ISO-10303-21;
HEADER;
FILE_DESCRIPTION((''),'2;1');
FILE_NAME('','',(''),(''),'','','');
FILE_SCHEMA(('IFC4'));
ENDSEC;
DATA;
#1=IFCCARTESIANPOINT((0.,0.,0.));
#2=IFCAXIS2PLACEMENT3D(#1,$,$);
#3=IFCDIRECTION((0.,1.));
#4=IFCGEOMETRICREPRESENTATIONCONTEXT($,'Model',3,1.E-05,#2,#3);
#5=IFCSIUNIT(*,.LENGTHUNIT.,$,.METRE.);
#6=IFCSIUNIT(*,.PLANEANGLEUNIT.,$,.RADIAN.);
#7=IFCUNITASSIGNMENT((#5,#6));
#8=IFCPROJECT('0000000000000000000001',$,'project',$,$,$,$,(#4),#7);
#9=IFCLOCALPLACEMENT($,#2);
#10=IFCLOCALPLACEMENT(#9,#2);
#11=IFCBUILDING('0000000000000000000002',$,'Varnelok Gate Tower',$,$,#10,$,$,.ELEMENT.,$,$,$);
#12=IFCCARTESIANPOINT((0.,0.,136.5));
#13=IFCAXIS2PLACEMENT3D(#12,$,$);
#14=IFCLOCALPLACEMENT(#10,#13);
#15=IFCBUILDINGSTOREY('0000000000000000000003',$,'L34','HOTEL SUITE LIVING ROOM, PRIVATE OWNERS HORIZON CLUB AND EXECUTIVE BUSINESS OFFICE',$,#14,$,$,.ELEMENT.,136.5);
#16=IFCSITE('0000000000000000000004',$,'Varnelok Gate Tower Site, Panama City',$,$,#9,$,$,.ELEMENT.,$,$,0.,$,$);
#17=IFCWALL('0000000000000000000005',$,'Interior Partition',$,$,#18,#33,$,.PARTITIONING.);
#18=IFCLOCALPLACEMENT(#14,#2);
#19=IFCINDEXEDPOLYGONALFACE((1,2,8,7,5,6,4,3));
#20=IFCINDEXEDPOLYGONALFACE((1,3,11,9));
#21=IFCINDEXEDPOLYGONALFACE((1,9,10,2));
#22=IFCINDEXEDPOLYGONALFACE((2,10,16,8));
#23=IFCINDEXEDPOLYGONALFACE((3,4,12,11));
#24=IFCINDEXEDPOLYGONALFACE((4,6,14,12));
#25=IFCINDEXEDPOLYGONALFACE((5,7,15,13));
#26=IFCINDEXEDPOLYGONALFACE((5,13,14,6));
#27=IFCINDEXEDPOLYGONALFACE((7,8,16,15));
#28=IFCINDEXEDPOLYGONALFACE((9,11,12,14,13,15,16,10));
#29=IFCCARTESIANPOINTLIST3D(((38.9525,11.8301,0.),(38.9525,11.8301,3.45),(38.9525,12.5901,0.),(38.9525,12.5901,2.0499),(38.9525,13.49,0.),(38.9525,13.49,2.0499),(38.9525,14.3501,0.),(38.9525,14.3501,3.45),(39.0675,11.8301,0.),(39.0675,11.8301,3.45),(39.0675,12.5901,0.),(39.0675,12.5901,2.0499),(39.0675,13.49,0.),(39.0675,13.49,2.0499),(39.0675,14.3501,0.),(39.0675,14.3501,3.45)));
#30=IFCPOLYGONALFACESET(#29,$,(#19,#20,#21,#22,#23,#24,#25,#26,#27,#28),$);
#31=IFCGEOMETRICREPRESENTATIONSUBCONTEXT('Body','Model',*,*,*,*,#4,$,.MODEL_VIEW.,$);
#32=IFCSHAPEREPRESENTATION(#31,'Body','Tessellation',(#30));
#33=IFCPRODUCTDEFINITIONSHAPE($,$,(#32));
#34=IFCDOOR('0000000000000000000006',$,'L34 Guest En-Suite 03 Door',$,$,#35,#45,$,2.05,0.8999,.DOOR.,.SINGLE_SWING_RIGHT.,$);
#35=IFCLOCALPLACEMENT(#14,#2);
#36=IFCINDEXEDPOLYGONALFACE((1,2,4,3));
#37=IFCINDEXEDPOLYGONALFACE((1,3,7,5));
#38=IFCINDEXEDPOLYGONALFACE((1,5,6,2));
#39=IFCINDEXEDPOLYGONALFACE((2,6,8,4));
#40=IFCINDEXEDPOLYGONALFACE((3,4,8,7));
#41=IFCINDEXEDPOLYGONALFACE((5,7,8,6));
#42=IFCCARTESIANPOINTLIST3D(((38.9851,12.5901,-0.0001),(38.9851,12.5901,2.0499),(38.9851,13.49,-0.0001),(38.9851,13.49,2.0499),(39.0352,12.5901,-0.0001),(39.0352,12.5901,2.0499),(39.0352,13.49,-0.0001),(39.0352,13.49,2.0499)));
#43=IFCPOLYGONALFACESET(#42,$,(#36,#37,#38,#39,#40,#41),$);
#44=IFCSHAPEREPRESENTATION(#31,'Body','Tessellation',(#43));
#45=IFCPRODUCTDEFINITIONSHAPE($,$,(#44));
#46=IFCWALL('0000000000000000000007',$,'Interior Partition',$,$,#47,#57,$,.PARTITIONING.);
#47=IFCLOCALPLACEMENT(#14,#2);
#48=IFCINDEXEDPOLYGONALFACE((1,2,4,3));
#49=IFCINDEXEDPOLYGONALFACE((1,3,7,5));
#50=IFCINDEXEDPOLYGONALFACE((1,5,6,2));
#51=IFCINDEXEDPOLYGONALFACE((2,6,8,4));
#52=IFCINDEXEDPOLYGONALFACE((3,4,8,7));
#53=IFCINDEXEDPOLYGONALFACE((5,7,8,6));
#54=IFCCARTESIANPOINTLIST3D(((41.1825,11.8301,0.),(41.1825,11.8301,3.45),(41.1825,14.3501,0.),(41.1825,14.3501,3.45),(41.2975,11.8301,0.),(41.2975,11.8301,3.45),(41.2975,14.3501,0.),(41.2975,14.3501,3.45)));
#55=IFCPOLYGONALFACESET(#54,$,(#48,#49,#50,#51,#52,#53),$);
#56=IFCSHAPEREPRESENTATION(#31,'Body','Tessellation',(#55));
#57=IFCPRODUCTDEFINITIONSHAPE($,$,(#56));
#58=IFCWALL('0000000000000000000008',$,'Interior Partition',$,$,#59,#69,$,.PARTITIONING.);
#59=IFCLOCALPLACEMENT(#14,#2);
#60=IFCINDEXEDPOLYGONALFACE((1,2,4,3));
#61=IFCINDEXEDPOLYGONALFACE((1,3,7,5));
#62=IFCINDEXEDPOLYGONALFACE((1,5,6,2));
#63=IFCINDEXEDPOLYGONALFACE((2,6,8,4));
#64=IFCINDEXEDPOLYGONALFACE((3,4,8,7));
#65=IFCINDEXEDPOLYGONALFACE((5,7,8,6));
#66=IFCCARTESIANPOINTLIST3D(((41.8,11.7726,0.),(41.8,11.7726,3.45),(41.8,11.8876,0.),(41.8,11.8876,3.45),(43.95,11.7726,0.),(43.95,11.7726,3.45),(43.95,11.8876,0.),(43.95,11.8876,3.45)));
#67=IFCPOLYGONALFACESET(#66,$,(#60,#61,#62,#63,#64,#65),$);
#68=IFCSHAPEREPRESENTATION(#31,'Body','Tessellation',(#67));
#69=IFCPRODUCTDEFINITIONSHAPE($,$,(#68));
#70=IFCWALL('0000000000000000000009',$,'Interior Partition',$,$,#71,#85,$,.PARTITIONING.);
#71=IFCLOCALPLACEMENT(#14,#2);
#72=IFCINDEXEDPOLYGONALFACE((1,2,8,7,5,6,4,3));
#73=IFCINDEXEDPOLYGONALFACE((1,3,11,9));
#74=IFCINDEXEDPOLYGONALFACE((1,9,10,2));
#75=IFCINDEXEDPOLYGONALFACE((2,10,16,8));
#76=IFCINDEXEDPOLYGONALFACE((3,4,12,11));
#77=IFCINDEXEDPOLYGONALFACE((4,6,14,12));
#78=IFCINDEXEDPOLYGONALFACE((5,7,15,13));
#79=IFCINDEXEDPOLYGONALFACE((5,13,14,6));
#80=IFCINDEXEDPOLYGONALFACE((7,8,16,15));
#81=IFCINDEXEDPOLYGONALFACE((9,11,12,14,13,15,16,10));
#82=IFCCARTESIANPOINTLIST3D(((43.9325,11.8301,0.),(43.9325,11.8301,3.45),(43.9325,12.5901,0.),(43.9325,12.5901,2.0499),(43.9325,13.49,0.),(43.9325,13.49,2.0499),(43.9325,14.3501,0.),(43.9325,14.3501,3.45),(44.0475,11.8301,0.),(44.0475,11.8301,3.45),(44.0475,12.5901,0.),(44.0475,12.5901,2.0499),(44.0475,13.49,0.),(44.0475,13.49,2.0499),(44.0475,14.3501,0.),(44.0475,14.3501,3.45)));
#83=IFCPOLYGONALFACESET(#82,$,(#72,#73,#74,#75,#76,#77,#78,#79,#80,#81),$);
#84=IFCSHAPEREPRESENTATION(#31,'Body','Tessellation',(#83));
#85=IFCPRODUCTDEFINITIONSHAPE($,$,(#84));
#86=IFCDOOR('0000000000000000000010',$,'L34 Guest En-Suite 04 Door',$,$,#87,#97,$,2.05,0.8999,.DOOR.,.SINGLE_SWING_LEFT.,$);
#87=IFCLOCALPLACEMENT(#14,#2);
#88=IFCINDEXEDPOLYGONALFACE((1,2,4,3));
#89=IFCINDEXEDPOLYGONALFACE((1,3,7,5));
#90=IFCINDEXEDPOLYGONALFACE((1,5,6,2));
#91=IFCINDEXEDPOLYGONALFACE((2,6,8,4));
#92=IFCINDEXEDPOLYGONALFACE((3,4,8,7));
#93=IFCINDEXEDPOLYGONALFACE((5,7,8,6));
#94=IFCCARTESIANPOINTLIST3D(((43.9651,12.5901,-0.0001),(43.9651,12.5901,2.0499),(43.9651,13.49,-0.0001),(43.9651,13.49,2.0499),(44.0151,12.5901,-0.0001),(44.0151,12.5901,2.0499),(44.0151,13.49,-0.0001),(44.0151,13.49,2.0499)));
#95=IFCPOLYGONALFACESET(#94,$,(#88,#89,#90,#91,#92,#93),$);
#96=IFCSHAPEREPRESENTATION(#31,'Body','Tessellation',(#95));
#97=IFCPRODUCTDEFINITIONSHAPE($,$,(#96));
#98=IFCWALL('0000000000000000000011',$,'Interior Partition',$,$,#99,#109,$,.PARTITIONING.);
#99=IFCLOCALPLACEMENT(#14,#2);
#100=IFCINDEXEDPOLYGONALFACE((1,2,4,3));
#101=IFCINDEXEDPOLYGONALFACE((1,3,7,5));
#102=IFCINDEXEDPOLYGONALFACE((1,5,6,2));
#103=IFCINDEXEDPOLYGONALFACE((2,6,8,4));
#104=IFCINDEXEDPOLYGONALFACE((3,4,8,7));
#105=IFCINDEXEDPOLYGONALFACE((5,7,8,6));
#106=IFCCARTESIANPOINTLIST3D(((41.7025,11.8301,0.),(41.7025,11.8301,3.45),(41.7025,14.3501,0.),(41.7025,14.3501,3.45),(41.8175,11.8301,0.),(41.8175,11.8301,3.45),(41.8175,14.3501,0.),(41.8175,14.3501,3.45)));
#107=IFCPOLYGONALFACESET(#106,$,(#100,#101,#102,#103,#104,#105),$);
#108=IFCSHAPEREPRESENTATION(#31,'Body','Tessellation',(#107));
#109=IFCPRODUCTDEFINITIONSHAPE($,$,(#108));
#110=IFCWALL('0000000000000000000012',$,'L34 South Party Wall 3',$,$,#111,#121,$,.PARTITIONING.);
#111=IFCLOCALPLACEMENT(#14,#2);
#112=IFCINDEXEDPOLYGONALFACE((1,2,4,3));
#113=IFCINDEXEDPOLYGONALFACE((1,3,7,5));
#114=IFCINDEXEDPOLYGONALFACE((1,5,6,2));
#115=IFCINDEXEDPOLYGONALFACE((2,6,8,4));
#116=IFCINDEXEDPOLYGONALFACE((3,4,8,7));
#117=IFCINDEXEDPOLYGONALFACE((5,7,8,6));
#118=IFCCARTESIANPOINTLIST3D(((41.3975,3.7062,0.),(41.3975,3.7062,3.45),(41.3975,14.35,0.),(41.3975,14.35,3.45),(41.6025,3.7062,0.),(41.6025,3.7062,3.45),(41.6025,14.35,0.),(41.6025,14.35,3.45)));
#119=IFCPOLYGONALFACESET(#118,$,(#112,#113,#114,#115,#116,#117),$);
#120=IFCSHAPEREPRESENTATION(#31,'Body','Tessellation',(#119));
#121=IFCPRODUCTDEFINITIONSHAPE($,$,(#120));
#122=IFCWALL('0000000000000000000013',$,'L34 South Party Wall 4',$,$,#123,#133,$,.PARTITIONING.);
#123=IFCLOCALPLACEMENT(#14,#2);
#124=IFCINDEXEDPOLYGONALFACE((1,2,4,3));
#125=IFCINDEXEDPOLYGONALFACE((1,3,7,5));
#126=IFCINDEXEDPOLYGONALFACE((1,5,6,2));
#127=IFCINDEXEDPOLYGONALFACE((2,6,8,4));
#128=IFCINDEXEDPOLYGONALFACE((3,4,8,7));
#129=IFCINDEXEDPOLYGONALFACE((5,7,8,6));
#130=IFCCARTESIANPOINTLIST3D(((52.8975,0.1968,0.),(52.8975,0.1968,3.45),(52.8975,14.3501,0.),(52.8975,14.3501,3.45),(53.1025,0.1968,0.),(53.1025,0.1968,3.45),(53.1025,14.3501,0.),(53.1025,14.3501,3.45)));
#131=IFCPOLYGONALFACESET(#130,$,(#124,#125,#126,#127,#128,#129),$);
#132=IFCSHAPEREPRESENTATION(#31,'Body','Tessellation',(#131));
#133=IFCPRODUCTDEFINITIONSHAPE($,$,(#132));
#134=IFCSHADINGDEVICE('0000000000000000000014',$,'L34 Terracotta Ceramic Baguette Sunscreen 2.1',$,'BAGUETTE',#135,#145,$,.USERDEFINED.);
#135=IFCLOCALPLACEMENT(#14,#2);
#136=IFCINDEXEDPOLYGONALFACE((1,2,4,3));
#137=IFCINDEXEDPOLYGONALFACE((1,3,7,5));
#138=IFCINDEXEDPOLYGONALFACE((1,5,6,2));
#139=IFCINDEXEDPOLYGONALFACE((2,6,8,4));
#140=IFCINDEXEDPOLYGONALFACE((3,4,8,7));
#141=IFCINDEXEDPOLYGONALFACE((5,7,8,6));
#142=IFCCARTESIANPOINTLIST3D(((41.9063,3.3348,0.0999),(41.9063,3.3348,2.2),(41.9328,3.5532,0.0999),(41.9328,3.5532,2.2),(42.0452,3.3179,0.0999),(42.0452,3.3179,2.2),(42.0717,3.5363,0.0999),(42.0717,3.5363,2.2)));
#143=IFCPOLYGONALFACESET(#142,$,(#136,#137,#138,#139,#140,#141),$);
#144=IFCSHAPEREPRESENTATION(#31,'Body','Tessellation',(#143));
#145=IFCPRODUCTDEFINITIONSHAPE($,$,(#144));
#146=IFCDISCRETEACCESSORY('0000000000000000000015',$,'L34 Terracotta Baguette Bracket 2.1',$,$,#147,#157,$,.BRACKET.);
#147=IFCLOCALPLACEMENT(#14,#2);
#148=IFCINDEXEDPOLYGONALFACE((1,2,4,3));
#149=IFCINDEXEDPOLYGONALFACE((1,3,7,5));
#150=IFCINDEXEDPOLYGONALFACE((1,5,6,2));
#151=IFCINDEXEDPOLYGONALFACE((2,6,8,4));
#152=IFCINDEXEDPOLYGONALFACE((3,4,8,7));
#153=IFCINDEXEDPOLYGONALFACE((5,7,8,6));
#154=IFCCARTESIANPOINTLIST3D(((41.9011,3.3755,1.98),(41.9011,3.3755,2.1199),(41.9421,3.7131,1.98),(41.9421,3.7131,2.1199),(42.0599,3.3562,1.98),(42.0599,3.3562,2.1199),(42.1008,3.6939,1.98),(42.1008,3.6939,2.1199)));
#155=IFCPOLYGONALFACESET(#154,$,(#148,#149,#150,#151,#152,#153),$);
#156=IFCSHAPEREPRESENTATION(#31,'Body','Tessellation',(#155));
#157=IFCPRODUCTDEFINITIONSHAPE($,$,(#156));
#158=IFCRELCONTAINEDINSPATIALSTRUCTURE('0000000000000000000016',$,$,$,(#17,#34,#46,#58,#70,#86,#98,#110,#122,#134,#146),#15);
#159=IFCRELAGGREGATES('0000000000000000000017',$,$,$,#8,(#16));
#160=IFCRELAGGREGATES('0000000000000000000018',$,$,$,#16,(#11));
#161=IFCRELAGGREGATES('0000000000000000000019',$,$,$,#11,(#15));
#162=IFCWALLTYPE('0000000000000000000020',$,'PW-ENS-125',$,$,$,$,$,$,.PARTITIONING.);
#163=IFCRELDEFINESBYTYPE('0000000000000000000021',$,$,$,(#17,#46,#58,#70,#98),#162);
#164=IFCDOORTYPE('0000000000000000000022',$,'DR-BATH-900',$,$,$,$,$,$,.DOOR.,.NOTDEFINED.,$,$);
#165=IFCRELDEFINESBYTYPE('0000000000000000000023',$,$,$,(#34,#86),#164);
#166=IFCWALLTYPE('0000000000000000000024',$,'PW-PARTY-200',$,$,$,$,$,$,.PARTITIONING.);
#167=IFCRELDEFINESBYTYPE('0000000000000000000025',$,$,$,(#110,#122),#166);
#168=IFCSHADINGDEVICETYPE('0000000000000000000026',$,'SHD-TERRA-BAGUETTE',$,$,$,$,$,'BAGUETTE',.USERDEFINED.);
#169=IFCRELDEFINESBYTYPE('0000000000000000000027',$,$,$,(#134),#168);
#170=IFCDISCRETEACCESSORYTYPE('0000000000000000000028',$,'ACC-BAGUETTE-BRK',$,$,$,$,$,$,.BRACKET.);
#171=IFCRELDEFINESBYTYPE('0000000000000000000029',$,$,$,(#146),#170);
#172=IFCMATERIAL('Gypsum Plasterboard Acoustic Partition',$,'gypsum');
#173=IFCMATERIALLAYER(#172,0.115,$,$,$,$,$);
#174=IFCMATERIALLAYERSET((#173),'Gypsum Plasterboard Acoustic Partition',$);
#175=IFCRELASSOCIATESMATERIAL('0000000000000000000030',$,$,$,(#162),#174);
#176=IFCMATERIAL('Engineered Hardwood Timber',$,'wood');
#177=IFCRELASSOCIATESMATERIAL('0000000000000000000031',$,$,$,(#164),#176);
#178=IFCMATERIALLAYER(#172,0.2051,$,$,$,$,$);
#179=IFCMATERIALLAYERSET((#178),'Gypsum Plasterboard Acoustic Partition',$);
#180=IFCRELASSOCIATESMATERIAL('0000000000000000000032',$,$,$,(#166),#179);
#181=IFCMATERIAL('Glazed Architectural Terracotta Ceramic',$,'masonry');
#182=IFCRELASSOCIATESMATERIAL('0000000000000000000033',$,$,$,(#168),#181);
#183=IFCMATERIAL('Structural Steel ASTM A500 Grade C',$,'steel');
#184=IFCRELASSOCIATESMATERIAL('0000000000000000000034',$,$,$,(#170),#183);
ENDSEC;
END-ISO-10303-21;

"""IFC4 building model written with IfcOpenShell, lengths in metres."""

from ifc_helpers import new_model, si_unit, direction, frame, frame_2d, origin, origin_2d, place, context, subcontext, project, spatial, rectangle, extrude, source, transform, mapped, material, layer, layer_set, type_object, element, fill, save


model = new_model("IFC4")

# Units and contexts
model_context = context("Model", 3, precision=1e-05, world=origin(), true_north=direction((0.0, 1.0)))
body_context = subcontext(model_context, "Body", "Model", "MODEL_VIEW")
ifc_project = project(units=[si_unit("LENGTHUNIT", "METRE"), si_unit("PLANEANGLEUNIT", "RADIAN")], contexts=[model_context])

# Site, building, storey
site_placement = place(None, origin())
site = spatial("IfcSite", under=ifc_project, at=site_placement, Name="Varnelok Gate Tower Site, Panama City", CompositionType="ELEMENT", RefElevation=0.0)
building_placement = place(site_placement, origin())
building = spatial("IfcBuilding", under=site, at=building_placement, Name="Varnelok Gate Tower", CompositionType="ELEMENT")
storey_placement = place(building_placement, frame((0.0, 0.0, 136.5)))
storey = spatial("IfcBuildingStorey", under=building, at=storey_placement, Name="L34", Description="HOTEL SUITE LIVING ROOM, PRIVATE OWNERS HORIZON CLUB AND EXECUTIVE BUSINESS OFFICE", CompositionType="ELEMENT", Elevation=136.5)

# Shared definitions
ifc_material_1 = material(Name="Gypsum Plasterboard Acoustic Partition", Category="gypsum")
ifc_layer_1 = layer(ifc_material_1, 0.115)
ifc_layer_set_1 = layer_set([ifc_layer_1], Name="Gypsum Plasterboard Acoustic Partition")
wall_type_1 = type_object("IfcWallType", Name="PW-ENS-125", PredefinedType="PARTITIONING", material=ifc_layer_set_1)

# Wall, opening, door
wall_1_placement = place(storey_placement, frame((39.01, 11.8301, 0.0), z_axis=(0.0, 0.0, 1.0), x_axis=(0.0, 1.0, 0.0)))
wall_1 = element("IfcWall", 1, at=wall_1_placement, inside=storey, type_object=wall_type_1, Name="Interior Partition", PredefinedType="PARTITIONING", context=body_context, shape_type="SweptSolid", body=[
    extrude(rectangle(XDim=2.52, YDim=0.115, at=frame_2d((1.26, 0.0))), origin(), (0.0, 0.0, 1.0), 3.45),
])
opening_1_placement = place(wall_1_placement, frame((0.76, 0.0, 0.0)))
opening_1 = element("IfcOpeningElement", 2, at=opening_1_placement, cuts=wall_1, PredefinedType="OPENING", context=body_context, shape_type="SweptSolid", body=[
    extrude(rectangle(XDim=0.8999, YDim=2.05, at=frame_2d((0.45, 1.0249))), frame((0.0, 0.0674, 0.0), z_axis=(0.0, -1.0, 0.0), x_axis=(1.0, 0.0, 0.0)), (0.0, 0.0, 1.0), 0.135),
])
ifc_material_2 = material(Name="Engineered Hardwood Timber", Category="wood")
door_type_1 = type_object("IfcDoorType", Name="DR-BATH-900", OperationType="NOTDEFINED", PredefinedType="DOOR", material=ifc_material_2)
door_1_placement = place(opening_1_placement, origin())
door_1 = element("IfcDoor", 3, at=door_1_placement, inside=storey, type_object=door_type_1, Name="L34 Guest En-Suite 03 Door", OperationType="SINGLE_SWING_RIGHT", OverallHeight=2.05, OverallWidth=0.8999, PredefinedType="DOOR", context=body_context, shape_type="SweptSolid", body=[
    extrude(rectangle(XDim=0.8999, YDim=2.05, at=frame_2d((0.45, 1.0249))), frame((0.0, 0.0249, 0.0), z_axis=(0.0, -1.0, 0.0), x_axis=(1.0, 0.0, 0.0)), (0.0, 0.0, 1.0), 0.05),
])
fill(opening_1, door_1)

# Walls
wall_2_placement = place(storey_placement, frame((41.24, 11.8301, 0.0), z_axis=(0.0, 0.0, 1.0), x_axis=(0.0, 1.0, 0.0)))
element("IfcWall", 4, at=wall_2_placement, inside=storey, type_object=wall_type_1, Name="Interior Partition", PredefinedType="PARTITIONING", context=body_context, shape_type="SweptSolid", body=[
    extrude(rectangle(XDim=2.52, YDim=0.115, at=frame_2d((1.26, 0.0))), origin(), (0.0, 0.0, 1.0), 3.45),
])
wall_3_placement = place(storey_placement, frame((41.8, 11.8301, 0.0), z_axis=(0.0, 0.0, 1.0), x_axis=(1.0, 0.0, 0.0)))
element("IfcWall", 5, at=wall_3_placement, inside=storey, type_object=wall_type_1, Name="Interior Partition", PredefinedType="PARTITIONING", context=body_context, shape_type="SweptSolid", body=[
    extrude(rectangle(XDim=2.1499, YDim=0.115, at=frame_2d((1.075, 0.0))), origin(), (0.0, 0.0, 1.0), 3.45),
])

# Wall, opening, door
wall_4_placement = place(storey_placement, frame((43.99, 11.8301, 0.0), z_axis=(0.0, 0.0, 1.0), x_axis=(0.0, 1.0, 0.0)))
wall_4 = element("IfcWall", 6, at=wall_4_placement, inside=storey, type_object=wall_type_1, Name="Interior Partition", PredefinedType="PARTITIONING", context=body_context, shape_type="SweptSolid", body=[
    extrude(rectangle(XDim=2.52, YDim=0.115, at=frame_2d((1.26, 0.0))), origin(), (0.0, 0.0, 1.0), 3.45),
])
opening_2_placement = place(wall_4_placement, frame((0.76, 0.0, 0.0)))
opening_2 = element("IfcOpeningElement", 7, at=opening_2_placement, cuts=wall_4, PredefinedType="OPENING", context=body_context, shape_type="SweptSolid", body=[
    extrude(rectangle(XDim=0.8999, YDim=2.05, at=frame_2d((0.45, 1.0249))), frame((0.0, 0.0674, 0.0), z_axis=(0.0, -1.0, 0.0), x_axis=(1.0, 0.0, 0.0)), (0.0, 0.0, 1.0), 0.135),
])
door_2_placement = place(opening_2_placement, origin())
door_2 = element("IfcDoor", 8, at=door_2_placement, inside=storey, type_object=door_type_1, Name="L34 Guest En-Suite 04 Door", OperationType="SINGLE_SWING_LEFT", OverallHeight=2.05, OverallWidth=0.8999, PredefinedType="DOOR", context=body_context, shape_type="SweptSolid", body=[
    extrude(rectangle(XDim=0.8999, YDim=2.05, at=frame_2d((0.45, 1.0249))), frame((0.0, 0.0249, 0.0), z_axis=(0.0, -1.0, 0.0), x_axis=(1.0, 0.0, 0.0)), (0.0, 0.0, 1.0), 0.05),
])
fill(opening_2, door_2)

# Walls
wall_5_placement = place(storey_placement, frame((41.76, 11.8301, 0.0), z_axis=(0.0, 0.0, 1.0), x_axis=(0.0, 1.0, 0.0)))
element("IfcWall", 9, at=wall_5_placement, inside=storey, type_object=wall_type_1, Name="Interior Partition", PredefinedType="PARTITIONING", context=body_context, shape_type="SweptSolid", body=[
    extrude(rectangle(XDim=2.52, YDim=0.115, at=frame_2d((1.26, 0.0))), origin(), (0.0, 0.0, 1.0), 3.45),
])
ifc_layer_2 = layer(ifc_material_1, 0.2051)
ifc_layer_set_2 = layer_set([ifc_layer_2], Name="Gypsum Plasterboard Acoustic Partition")
wall_type_2 = type_object("IfcWallType", Name="PW-PARTY-200", PredefinedType="PARTITIONING", material=ifc_layer_set_2)
wall_6_placement = place(storey_placement, frame((41.5, 3.7063, 0.0), z_axis=(0.0, 0.0, 1.0), x_axis=(0.0, 1.0, 0.0)))
element("IfcWall", 10, at=wall_6_placement, inside=storey, type_object=wall_type_2, Name="L34 South Party Wall 3", PredefinedType="PARTITIONING", context=body_context, shape_type="SweptSolid", body=[
    extrude(rectangle(XDim=10.6438, YDim=0.2051, at=frame_2d((5.3218, 0.0))), origin(), (0.0, 0.0, 1.0), 3.45),
])
wall_7_placement = place(storey_placement, frame((53.0, 0.1968, 0.0), z_axis=(0.0, 0.0, 1.0), x_axis=(0.0, 1.0, 0.0)))
element("IfcWall", 11, at=wall_7_placement, inside=storey, type_object=wall_type_2, Name="L34 South Party Wall 4", PredefinedType="PARTITIONING", context=body_context, shape_type="SweptSolid", body=[
    extrude(rectangle(XDim=14.1533, YDim=0.2051, at=frame_2d((7.0767, 0.0))), origin(), (0.0, 0.0, 1.0), 3.45),
])

# Shading device
ifc_material_3 = material(Name="Glazed Architectural Terracotta Ceramic", Category="masonry")
shading_device_type = type_object("IfcShadingDeviceType", Name="SHD-TERRA-BAGUETTE", ElementType="BAGUETTE", PredefinedType="USERDEFINED", material=ifc_material_3)
shared_shape_1 = source(origin(), body_context, "Body", "SweptSolid", [
    extrude(rectangle(XDim=0.1399, YDim=0.22, at=origin_2d()), origin(), (0.0, 0.0, 1.0), 2.1001),
])
shading_device_placement = place(storey_placement, frame((41.989, 3.4355, 0.0999), z_axis=(0.0, 0.0, 1.0), x_axis=(0.992732, -0.120345, 0.0)))
element("IfcShadingDevice", 12, at=shading_device_placement, inside=storey, type_object=shading_device_type, Name="L34 Terracotta Ceramic Baguette Sunscreen 2.1", ObjectType="BAGUETTE", PredefinedType="USERDEFINED", context=body_context, shape_type="MappedRepresentation", body=[
    mapped(shared_shape_1, transform((0.0, 0.0, 0.0), scale=1.0)),
])

# Discrete accessory
ifc_material_4 = material(Name="Structural Steel ASTM A500 Grade C", Category="steel")
discrete_accessory_type = type_object("IfcDiscreteAccessoryType", Name="ACC-BAGUETTE-BRK", PredefinedType="BRACKET", material=ifc_material_4)
shared_shape_2 = source(origin(), body_context, "Body", "SweptSolid", [
    extrude(rectangle(XDim=0.1599, YDim=0.3401, at=origin_2d()), origin(), (0.0, 0.0, 1.0), 0.1399),
])
discrete_accessory_placement = place(storey_placement, frame((42.001, 3.5347, 1.98), z_axis=(0.0, 0.0, 1.0), x_axis=(0.992732, -0.120345, 0.0)))
element("IfcDiscreteAccessory", 13, at=discrete_accessory_placement, inside=storey, type_object=discrete_accessory_type, Name="L34 Terracotta Baguette Bracket 2.1", PredefinedType="BRACKET", context=body_context, shape_type="MappedRepresentation", body=[
    mapped(shared_shape_2, transform((0.0, 0.0, 0.0), scale=1.0)),
])

save(model, "model.ifc")
